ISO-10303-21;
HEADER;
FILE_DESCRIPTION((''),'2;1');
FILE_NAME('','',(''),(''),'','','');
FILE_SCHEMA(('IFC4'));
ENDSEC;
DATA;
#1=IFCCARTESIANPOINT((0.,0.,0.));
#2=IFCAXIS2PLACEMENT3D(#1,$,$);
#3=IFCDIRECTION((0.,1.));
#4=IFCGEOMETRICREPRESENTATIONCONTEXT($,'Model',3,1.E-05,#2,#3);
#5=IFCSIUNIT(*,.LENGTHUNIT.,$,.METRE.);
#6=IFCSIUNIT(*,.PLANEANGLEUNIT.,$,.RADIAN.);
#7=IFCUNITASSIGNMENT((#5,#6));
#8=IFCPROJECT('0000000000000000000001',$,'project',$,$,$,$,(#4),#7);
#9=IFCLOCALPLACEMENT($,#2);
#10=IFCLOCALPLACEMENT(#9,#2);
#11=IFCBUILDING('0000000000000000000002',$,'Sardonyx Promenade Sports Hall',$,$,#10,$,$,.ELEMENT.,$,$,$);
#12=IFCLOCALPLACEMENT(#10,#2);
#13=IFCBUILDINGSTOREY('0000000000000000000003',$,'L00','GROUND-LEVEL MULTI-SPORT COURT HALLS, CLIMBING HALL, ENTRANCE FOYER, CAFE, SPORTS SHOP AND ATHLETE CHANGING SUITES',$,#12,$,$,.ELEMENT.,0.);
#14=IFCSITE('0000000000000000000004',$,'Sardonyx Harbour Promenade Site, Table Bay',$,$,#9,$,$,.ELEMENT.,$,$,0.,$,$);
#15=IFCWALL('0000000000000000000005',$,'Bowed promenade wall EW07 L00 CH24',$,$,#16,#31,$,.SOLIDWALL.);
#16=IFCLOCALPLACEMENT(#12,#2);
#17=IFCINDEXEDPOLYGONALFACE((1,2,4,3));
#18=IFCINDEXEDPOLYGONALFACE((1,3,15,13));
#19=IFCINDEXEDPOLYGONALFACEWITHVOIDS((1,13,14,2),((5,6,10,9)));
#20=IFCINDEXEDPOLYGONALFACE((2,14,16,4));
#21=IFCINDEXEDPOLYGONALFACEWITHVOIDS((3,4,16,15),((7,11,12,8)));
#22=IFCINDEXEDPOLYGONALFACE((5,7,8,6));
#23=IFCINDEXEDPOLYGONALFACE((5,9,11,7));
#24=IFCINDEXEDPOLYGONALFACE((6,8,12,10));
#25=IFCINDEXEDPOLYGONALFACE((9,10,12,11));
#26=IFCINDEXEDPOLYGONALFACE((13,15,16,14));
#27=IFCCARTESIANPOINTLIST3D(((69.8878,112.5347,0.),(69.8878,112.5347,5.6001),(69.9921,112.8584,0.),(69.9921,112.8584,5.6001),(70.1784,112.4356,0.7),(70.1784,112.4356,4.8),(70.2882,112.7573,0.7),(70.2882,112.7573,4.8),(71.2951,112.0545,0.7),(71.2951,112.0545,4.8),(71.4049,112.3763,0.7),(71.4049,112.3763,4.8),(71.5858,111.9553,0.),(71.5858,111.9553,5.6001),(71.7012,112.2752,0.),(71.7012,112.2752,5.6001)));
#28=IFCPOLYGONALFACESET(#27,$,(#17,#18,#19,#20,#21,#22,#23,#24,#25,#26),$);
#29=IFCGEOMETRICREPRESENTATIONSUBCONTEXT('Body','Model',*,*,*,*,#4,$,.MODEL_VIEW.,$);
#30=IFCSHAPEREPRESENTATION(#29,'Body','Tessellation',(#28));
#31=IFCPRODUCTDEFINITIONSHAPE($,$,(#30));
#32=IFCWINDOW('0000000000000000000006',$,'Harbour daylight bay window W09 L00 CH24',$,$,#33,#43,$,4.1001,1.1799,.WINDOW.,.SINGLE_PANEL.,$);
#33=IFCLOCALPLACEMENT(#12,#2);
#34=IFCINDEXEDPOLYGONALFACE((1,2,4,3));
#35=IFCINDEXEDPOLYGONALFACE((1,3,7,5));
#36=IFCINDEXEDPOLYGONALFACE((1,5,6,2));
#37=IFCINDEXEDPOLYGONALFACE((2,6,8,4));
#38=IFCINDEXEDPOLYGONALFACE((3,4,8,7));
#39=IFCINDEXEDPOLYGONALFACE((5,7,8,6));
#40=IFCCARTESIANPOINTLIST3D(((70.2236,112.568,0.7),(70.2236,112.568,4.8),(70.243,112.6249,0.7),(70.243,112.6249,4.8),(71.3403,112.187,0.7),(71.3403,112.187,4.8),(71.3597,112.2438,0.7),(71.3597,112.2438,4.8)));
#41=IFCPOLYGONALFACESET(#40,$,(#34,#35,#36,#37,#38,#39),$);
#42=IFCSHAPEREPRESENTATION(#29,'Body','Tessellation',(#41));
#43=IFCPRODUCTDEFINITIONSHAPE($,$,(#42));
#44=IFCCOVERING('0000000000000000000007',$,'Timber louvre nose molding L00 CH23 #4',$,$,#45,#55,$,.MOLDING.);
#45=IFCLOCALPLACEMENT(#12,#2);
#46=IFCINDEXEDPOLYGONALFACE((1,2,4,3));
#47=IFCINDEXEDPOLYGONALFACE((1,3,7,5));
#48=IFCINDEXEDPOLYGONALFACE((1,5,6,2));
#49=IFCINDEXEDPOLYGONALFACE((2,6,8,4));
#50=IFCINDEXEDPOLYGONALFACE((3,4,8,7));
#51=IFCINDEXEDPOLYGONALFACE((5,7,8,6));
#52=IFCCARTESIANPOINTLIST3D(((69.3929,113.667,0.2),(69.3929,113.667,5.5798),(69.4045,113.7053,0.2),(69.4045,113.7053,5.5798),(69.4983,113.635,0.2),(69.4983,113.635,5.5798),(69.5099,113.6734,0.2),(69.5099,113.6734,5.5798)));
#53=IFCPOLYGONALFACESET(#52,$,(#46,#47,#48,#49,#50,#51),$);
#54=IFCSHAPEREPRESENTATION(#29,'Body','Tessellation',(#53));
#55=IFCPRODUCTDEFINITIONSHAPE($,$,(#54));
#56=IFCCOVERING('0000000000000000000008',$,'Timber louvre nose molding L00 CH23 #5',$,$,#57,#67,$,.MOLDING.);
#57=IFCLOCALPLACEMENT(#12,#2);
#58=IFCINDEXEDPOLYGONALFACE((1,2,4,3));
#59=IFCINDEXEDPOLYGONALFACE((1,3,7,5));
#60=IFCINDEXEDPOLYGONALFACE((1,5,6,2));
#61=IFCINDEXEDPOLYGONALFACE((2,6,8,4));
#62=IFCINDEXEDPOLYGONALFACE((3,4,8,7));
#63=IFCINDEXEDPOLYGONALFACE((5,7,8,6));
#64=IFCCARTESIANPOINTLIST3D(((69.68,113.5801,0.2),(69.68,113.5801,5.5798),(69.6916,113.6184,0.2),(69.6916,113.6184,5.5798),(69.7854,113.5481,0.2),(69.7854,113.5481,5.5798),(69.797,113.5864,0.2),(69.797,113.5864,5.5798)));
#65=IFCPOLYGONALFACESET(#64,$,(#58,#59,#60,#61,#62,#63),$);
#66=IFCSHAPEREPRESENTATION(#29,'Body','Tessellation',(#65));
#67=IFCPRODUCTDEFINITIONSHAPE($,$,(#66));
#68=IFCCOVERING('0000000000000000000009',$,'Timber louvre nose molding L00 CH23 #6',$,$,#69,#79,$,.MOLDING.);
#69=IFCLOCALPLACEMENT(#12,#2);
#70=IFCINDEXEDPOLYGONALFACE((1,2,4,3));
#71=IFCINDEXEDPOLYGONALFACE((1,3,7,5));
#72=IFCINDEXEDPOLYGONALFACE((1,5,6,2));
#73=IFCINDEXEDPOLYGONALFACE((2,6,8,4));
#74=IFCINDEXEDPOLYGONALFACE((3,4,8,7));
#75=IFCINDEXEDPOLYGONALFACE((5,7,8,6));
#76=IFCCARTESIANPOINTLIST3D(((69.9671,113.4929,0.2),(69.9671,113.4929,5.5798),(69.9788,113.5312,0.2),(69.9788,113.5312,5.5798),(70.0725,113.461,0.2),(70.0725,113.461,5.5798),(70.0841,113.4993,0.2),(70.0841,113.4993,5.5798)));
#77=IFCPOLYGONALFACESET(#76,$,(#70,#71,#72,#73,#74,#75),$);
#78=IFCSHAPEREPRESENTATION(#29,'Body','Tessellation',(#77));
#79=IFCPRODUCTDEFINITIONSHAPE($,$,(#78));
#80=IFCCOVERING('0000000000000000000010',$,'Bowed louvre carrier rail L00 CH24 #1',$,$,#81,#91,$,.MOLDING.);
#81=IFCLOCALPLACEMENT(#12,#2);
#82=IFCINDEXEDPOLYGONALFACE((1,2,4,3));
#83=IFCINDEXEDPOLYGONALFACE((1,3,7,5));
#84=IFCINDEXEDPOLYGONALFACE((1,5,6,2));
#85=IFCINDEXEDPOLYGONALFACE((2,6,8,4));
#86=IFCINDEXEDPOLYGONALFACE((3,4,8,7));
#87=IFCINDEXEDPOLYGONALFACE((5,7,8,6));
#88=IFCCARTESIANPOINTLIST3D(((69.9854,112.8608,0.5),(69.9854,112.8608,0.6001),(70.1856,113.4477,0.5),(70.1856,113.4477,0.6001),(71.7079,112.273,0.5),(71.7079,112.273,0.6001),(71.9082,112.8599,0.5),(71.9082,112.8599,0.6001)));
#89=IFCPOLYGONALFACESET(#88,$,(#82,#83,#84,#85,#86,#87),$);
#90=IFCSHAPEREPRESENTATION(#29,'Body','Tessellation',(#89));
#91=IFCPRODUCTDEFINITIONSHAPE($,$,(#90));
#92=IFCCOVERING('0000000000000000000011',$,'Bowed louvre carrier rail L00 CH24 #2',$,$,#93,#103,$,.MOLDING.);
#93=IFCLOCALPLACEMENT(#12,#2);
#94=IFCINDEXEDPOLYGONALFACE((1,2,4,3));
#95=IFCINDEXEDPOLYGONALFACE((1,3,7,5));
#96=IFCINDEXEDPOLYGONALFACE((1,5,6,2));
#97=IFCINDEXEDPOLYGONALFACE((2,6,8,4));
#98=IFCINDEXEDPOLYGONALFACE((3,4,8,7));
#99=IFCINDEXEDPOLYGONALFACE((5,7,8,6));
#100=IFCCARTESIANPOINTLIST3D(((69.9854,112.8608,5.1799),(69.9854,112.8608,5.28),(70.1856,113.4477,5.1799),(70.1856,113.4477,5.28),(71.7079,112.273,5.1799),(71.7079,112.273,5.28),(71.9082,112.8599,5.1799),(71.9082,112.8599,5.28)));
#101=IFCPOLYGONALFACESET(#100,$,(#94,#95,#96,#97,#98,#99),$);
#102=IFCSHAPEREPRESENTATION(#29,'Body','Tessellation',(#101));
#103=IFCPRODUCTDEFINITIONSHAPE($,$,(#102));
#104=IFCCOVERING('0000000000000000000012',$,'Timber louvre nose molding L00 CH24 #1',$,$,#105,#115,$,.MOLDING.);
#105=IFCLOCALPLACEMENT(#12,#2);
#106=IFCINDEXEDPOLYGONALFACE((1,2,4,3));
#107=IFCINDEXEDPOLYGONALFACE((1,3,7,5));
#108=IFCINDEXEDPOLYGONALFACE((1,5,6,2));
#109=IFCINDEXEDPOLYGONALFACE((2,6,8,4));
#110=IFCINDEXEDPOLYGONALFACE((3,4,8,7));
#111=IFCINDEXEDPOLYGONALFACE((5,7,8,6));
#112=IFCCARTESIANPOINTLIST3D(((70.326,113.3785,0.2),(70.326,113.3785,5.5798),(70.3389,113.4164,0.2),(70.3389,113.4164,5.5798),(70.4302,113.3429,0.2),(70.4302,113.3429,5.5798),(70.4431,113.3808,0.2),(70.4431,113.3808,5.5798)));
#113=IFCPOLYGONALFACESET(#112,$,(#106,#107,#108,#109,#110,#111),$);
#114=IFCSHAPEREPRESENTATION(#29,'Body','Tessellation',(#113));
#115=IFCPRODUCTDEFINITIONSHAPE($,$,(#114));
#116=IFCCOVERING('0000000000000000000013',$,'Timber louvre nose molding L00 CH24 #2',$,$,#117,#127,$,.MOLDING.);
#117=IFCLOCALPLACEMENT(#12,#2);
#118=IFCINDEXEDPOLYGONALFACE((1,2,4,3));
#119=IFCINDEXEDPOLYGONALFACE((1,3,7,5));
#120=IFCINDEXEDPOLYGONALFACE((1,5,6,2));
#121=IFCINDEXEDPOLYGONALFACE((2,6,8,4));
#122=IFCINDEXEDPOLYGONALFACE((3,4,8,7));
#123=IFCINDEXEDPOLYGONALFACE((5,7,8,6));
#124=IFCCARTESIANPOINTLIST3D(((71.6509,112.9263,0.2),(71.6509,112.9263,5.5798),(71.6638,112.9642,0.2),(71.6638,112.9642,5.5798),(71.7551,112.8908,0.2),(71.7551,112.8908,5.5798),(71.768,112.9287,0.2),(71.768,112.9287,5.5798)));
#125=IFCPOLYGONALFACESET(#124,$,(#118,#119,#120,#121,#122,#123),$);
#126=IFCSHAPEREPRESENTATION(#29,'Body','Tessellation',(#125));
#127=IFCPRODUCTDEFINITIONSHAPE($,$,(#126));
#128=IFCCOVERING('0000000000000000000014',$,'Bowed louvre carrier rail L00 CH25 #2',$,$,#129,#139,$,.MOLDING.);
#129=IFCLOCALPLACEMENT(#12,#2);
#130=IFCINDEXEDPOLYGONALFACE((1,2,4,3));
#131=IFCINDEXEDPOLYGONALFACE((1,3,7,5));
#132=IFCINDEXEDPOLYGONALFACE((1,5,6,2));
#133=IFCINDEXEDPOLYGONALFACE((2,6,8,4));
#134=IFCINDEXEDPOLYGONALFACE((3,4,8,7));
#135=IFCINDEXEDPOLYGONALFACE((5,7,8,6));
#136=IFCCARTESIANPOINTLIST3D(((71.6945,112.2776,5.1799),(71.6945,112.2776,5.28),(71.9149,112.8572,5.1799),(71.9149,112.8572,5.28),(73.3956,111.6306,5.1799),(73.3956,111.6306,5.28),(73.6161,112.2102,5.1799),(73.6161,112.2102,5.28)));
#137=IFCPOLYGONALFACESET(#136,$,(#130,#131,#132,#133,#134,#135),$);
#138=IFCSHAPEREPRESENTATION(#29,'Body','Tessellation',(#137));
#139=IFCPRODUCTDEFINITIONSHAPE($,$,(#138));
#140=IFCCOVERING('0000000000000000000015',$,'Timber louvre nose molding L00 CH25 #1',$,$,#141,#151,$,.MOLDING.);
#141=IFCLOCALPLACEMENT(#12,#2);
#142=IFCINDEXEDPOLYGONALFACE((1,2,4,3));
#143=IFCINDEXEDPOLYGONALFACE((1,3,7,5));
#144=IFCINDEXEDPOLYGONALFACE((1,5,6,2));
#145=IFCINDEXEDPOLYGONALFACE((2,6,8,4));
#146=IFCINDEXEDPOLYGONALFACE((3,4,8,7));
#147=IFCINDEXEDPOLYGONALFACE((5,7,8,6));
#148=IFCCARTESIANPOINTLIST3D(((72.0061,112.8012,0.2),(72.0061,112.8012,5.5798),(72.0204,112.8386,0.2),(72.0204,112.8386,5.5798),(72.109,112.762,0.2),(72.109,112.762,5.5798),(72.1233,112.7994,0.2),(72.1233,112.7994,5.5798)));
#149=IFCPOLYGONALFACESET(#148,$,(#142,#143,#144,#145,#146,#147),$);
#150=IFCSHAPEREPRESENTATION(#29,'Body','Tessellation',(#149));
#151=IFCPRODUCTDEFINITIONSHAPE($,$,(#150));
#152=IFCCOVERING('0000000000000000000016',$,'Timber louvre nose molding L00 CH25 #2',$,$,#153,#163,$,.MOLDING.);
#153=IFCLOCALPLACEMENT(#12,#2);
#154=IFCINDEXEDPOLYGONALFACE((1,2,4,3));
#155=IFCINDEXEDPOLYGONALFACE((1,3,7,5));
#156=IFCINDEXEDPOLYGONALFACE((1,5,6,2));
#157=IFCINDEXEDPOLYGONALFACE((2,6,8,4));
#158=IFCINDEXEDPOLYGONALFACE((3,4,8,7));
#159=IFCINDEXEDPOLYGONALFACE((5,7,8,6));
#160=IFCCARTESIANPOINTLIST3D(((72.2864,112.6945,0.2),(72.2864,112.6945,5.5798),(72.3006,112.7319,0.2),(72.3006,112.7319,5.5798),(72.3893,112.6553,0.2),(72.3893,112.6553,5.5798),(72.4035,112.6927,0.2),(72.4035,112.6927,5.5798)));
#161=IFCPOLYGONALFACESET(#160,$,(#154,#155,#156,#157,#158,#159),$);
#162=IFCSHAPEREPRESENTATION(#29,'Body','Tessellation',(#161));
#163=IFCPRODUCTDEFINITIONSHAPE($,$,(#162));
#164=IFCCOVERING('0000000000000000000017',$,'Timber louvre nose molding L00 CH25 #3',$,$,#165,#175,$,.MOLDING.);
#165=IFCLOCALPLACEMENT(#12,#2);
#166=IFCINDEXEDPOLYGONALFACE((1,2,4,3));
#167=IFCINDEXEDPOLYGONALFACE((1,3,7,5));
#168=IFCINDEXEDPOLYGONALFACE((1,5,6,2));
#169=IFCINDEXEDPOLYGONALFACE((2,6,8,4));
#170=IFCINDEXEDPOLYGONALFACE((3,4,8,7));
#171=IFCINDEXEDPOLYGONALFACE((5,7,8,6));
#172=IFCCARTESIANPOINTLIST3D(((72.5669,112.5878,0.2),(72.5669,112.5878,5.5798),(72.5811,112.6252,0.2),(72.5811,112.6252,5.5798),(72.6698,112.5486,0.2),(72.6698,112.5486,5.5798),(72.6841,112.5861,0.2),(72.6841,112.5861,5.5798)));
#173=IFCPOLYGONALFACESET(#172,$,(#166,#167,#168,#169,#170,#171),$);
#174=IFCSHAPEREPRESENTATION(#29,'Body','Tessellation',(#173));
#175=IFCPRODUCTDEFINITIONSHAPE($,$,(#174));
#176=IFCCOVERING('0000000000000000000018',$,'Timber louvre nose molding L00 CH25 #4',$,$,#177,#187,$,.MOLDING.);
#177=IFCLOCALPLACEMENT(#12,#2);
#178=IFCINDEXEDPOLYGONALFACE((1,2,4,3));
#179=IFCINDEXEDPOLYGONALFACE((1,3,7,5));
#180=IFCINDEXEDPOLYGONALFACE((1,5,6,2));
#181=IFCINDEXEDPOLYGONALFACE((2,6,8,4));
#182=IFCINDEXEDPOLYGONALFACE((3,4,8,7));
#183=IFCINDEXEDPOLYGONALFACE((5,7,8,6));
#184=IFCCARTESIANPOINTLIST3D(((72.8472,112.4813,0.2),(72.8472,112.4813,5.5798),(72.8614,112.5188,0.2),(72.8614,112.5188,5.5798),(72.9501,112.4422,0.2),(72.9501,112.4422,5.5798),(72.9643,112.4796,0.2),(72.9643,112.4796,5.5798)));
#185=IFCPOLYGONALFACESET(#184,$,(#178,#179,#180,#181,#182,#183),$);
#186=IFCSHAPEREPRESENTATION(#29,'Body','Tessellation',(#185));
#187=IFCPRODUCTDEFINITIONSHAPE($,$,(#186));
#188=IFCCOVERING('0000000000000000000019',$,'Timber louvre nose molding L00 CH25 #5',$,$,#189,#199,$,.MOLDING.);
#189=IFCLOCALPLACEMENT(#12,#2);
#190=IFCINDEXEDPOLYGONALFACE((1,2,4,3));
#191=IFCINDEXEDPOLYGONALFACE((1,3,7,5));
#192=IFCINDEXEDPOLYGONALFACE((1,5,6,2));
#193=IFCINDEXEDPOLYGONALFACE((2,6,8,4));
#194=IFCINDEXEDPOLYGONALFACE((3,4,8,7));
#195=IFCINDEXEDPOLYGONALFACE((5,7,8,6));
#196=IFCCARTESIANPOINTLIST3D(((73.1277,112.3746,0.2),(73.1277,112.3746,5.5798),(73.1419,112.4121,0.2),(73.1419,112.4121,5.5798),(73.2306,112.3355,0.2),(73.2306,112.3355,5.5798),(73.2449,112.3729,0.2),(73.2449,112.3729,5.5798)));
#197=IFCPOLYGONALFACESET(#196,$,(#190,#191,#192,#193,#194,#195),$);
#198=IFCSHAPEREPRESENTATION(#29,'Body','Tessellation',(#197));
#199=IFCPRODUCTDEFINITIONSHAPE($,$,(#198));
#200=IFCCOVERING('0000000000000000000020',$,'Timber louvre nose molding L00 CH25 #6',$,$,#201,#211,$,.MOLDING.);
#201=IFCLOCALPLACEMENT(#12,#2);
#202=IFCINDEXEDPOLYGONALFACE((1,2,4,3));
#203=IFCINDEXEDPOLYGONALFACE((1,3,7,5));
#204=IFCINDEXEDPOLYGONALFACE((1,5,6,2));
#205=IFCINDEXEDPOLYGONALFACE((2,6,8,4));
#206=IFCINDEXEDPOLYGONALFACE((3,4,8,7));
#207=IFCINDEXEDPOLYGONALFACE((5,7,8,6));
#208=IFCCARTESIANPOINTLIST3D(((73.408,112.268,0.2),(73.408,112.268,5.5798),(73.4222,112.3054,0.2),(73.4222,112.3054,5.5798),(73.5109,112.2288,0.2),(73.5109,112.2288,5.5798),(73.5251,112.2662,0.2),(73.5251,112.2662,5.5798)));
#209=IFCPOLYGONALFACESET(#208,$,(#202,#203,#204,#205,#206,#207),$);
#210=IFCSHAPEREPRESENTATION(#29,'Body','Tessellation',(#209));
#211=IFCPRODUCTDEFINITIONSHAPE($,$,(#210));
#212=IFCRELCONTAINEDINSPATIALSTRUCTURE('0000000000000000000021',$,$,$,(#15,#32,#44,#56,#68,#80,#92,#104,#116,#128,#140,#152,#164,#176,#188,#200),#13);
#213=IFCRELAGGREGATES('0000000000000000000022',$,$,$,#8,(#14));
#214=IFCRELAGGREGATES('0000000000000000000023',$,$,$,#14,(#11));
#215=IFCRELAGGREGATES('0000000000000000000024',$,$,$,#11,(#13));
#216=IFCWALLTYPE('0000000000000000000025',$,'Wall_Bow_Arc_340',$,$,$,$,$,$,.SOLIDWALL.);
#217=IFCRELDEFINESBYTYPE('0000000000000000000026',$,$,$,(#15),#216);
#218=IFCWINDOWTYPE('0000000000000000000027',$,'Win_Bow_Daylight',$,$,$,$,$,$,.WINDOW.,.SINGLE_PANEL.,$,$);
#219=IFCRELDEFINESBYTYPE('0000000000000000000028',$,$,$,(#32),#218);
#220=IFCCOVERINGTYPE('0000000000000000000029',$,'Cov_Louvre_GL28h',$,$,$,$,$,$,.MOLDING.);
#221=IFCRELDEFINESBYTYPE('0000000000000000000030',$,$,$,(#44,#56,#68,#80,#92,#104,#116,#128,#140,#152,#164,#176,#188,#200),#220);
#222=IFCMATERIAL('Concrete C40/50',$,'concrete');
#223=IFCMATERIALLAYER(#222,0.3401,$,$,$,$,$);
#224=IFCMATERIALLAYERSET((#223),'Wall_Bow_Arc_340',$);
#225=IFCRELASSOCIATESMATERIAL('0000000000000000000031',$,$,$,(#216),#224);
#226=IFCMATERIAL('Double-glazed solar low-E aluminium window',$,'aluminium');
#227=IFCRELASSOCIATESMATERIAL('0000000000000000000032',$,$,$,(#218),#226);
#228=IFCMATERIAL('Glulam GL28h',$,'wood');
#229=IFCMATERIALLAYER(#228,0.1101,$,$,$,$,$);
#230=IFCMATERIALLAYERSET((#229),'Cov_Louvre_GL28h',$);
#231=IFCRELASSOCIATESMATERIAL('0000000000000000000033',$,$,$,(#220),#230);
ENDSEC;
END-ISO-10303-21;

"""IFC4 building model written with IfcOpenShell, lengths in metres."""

from ifc_helpers import new_model, si_unit, direction, frame, frame_2d, origin, origin_2d, place, context, subcontext, project, spatial, polyline, rectangle, outline, extrude, material, layer, layer_set, type_object, element, fill, save


model = new_model("IFC4")

# Units and contexts
model_context = context("Model", 3, precision=1e-05, world=origin(), true_north=direction((0.0, 1.0)))
body_context = subcontext(model_context, "Body", "Model", "MODEL_VIEW")
ifc_project = project(units=[si_unit("LENGTHUNIT", "METRE"), si_unit("PLANEANGLEUNIT", "RADIAN")], contexts=[model_context])

# Site, building, storey
site_placement = place(None, origin())
site = spatial("IfcSite", under=ifc_project, at=site_placement, Name="Sardonyx Harbour Promenade Site, Table Bay", CompositionType="ELEMENT", RefElevation=0.0)
building_placement = place(site_placement, origin())
building = spatial("IfcBuilding", under=site, at=building_placement, Name="Sardonyx Promenade Sports Hall", CompositionType="ELEMENT")
storey_placement = place(building_placement, origin())
storey = spatial("IfcBuildingStorey", under=building, at=storey_placement, Name="L00", Description="GROUND-LEVEL MULTI-SPORT COURT HALLS, CLIMBING HALL, ENTRANCE FOYER, CAFE, SPORTS SHOP AND ATHLETE CHANGING SUITES", CompositionType="ELEMENT", Elevation=0.0)

# Wall, opening, window
ifc_material_1 = material(Name="Concrete C40/50", Category="concrete")
ifc_layer_1 = layer(ifc_material_1, 0.3401)
ifc_layer_set_1 = layer_set([ifc_layer_1], Name="Wall_Bow_Arc_340")
wall_type = type_object("IfcWallType", Name="Wall_Bow_Arc_340", PredefinedType="SOLIDWALL", material=ifc_layer_set_1)
wall_placement = place(storey_placement, frame((69.9399, 112.6965, 0.0), z_axis=(0.0, 0.0, 1.0), x_axis=(0.946422, -0.322934, 0.0)))
wall = element("IfcWall", 1, at=wall_placement, inside=storey, type_object=wall_type, Name="Bowed promenade wall EW07 L00 CH24", PredefinedType="SOLIDWALL", context=body_context, shape_type="SweptSolid", body=[
    extrude(outline(polyline([(0.0029, -0.17), (1.7971, -0.17), (1.8029, 0.17), (-0.0029, 0.17), (0.0029, -0.17)])), origin(), (0.0, 0.0, 1.0), 5.6001),
])
opening_placement = place(wall_placement, frame((0.3101, 0.0, 0.7)))
opening = element("IfcOpeningElement", 2, at=opening_placement, cuts=wall, PredefinedType="OPENING", context=body_context, shape_type="SweptSolid", body=[
    extrude(rectangle(XDim=1.1799, YDim=4.1001, at=frame_2d((0.5898, 2.05))), frame((0.0, 0.18, 0.0), z_axis=(0.0, -1.0, 0.0), x_axis=(1.0, 0.0, 0.0)), (0.0, 0.0, 1.0), 0.36),
])
ifc_material_2 = material(Name="Double-glazed solar low-E aluminium window", Category="aluminium")
window_type = type_object("IfcWindowType", Name="Win_Bow_Daylight", PartitioningType="SINGLE_PANEL", PredefinedType="WINDOW", material=ifc_material_2)
window_placement = place(opening_placement, origin())
window = element("IfcWindow", 3, at=window_placement, inside=storey, type_object=window_type, Name="Harbour daylight bay window W09 L00 CH24", OverallHeight=4.1001, OverallWidth=1.1799, PartitioningType="SINGLE_PANEL", PredefinedType="WINDOW", context=body_context, shape_type="SweptSolid", body=[
    extrude(rectangle(XDim=1.1799, YDim=4.1001, at=frame_2d((0.5898, 2.05))), frame((0.0, 0.03, 0.0), z_axis=(0.0, -1.0, 0.0), x_axis=(1.0, 0.0, 0.0)), (0.0, 0.0, 1.0), 0.0601),
])
fill(opening, window)

# Coverings
ifc_material_3 = material(Name="Glulam GL28h", Category="wood")
ifc_layer_2 = layer(ifc_material_3, 0.1101)
ifc_layer_set_2 = layer_set([ifc_layer_2], Name="Cov_Louvre_GL28h")
covering_type = type_object("IfcCoveringType", Name="Cov_Louvre_GL28h", PredefinedType="MOLDING", material=ifc_layer_set_2)
for number, where, z_axis, x_axis, name in (
    (4, (69.4514, 113.6702, 0.2), (0.0, 0.0, 1.0), (0.957021, -0.290017, 0.0), "Timber louvre nose molding L00 CH23 #4"),
    (5, (69.7385, 113.5833, 0.2), (0.0, 0.0, 1.0), (0.957021, -0.290017, 0.0), "Timber louvre nose molding L00 CH23 #5"),
    (6, (70.0256, 113.4961, 0.2), (0.0, 0.0, 1.0), (0.957021, -0.290017, 0.0), "Timber louvre nose molding L00 CH23 #6"),
):
    element("IfcCovering", number, at=place(storey_placement, frame(where, z_axis=z_axis, x_axis=x_axis)), inside=storey, type_object=covering_type, Name=name, PredefinedType="MOLDING", context=body_context, shape_type="SweptSolid", body=[
        extrude(rectangle(XDim=0.1101, YDim=0.04, at=origin_2d()), origin(), (0.0, 0.0, 1.0), 5.3799),
    ])
for number, where, z_axis, x_axis, name in (
    (7, (70.9468, 112.8604, 0.5), (0.0, 0.0, 1.0), (0.946411, -0.322966, 0.0), "Bowed louvre carrier rail L00 CH24 #1"),
    (8, (70.9468, 112.8604, 5.1799), (0.0, 0.0, 1.0), (0.946411, -0.322966, 0.0), "Bowed louvre carrier rail L00 CH24 #2"),
):
    element("IfcCovering", number, at=place(storey_placement, frame(where, z_axis=z_axis, x_axis=x_axis)), inside=storey, type_object=covering_type, Name=name, PredefinedType="MOLDING", context=body_context, shape_type="SweptSolid", body=[
        extrude(rectangle(XDim=1.8201, YDim=0.6201, at=origin_2d()), origin(), (0.0, 0.0, 1.0), 0.1001),
    ])
for number, where, z_axis, x_axis, name in (
    (9, (70.3845, 113.3796, 0.2), (0.0, 0.0, 1.0), (0.946411, -0.322966, 0.0), "Timber louvre nose molding L00 CH24 #1"),
    (10, (71.7095, 112.9275, 0.2), (0.0, 0.0, 1.0), (0.946411, -0.322966, 0.0), "Timber louvre nose molding L00 CH24 #2"),
):
    element("IfcCovering", number, at=place(storey_placement, frame(where, z_axis=z_axis, x_axis=x_axis)), inside=storey, type_object=covering_type, Name=name, PredefinedType="MOLDING", context=body_context, shape_type="SweptSolid", body=[
        extrude(rectangle(XDim=0.1101, YDim=0.04, at=origin_2d()), origin(), (0.0, 0.0, 1.0), 5.3799),
    ])
covering_placement = place(storey_placement, frame((72.6553, 112.2439, 5.1799), z_axis=(0.0, 0.0, 1.0), x_axis=(0.934666, -0.355528, 0.0)))
element("IfcCovering", 11, at=covering_placement, inside=storey, type_object=covering_type, Name="Bowed louvre carrier rail L00 CH25 #2", PredefinedType="MOLDING", context=body_context, shape_type="SweptSolid", body=[
    extrude(rectangle(XDim=1.8201, YDim=0.6201, at=origin_2d()), origin(), (0.0, 0.0, 1.0), 0.1001),
])
for number, where, z_axis, x_axis, name in (
    (12, (72.0647, 112.8003, 0.2), (0.0, 0.0, 1.0), (0.934666, -0.355528, 0.0), "Timber louvre nose molding L00 CH25 #1"),
    (13, (72.345, 112.6936, 0.2), (0.0, 0.0, 1.0), (0.934666, -0.355528, 0.0), "Timber louvre nose molding L00 CH25 #2"),
    (14, (72.6255, 112.5869, 0.2), (0.0, 0.0, 1.0), (0.934666, -0.355528, 0.0), "Timber louvre nose molding L00 CH25 #3"),
    (15, (72.9058, 112.4805, 0.2), (0.0, 0.0, 1.0), (0.934666, -0.355528, 0.0), "Timber louvre nose molding L00 CH25 #4"),
    (16, (73.1863, 112.3738, 0.2), (0.0, 0.0, 1.0), (0.934666, -0.355528, 0.0), "Timber louvre nose molding L00 CH25 #5"),
    (17, (73.4666, 112.2671, 0.2), (0.0, 0.0, 1.0), (0.934666, -0.355528, 0.0), "Timber louvre nose molding L00 CH25 #6"),
):
    element("IfcCovering", number, at=place(storey_placement, frame(where, z_axis=z_axis, x_axis=x_axis)), inside=storey, type_object=covering_type, Name=name, PredefinedType="MOLDING", context=body_context, shape_type="SweptSolid", body=[
        extrude(rectangle(XDim=0.1101, YDim=0.04, at=origin_2d()), origin(), (0.0, 0.0, 1.0), 5.3799),
    ])

save(model, "model.ifc")
